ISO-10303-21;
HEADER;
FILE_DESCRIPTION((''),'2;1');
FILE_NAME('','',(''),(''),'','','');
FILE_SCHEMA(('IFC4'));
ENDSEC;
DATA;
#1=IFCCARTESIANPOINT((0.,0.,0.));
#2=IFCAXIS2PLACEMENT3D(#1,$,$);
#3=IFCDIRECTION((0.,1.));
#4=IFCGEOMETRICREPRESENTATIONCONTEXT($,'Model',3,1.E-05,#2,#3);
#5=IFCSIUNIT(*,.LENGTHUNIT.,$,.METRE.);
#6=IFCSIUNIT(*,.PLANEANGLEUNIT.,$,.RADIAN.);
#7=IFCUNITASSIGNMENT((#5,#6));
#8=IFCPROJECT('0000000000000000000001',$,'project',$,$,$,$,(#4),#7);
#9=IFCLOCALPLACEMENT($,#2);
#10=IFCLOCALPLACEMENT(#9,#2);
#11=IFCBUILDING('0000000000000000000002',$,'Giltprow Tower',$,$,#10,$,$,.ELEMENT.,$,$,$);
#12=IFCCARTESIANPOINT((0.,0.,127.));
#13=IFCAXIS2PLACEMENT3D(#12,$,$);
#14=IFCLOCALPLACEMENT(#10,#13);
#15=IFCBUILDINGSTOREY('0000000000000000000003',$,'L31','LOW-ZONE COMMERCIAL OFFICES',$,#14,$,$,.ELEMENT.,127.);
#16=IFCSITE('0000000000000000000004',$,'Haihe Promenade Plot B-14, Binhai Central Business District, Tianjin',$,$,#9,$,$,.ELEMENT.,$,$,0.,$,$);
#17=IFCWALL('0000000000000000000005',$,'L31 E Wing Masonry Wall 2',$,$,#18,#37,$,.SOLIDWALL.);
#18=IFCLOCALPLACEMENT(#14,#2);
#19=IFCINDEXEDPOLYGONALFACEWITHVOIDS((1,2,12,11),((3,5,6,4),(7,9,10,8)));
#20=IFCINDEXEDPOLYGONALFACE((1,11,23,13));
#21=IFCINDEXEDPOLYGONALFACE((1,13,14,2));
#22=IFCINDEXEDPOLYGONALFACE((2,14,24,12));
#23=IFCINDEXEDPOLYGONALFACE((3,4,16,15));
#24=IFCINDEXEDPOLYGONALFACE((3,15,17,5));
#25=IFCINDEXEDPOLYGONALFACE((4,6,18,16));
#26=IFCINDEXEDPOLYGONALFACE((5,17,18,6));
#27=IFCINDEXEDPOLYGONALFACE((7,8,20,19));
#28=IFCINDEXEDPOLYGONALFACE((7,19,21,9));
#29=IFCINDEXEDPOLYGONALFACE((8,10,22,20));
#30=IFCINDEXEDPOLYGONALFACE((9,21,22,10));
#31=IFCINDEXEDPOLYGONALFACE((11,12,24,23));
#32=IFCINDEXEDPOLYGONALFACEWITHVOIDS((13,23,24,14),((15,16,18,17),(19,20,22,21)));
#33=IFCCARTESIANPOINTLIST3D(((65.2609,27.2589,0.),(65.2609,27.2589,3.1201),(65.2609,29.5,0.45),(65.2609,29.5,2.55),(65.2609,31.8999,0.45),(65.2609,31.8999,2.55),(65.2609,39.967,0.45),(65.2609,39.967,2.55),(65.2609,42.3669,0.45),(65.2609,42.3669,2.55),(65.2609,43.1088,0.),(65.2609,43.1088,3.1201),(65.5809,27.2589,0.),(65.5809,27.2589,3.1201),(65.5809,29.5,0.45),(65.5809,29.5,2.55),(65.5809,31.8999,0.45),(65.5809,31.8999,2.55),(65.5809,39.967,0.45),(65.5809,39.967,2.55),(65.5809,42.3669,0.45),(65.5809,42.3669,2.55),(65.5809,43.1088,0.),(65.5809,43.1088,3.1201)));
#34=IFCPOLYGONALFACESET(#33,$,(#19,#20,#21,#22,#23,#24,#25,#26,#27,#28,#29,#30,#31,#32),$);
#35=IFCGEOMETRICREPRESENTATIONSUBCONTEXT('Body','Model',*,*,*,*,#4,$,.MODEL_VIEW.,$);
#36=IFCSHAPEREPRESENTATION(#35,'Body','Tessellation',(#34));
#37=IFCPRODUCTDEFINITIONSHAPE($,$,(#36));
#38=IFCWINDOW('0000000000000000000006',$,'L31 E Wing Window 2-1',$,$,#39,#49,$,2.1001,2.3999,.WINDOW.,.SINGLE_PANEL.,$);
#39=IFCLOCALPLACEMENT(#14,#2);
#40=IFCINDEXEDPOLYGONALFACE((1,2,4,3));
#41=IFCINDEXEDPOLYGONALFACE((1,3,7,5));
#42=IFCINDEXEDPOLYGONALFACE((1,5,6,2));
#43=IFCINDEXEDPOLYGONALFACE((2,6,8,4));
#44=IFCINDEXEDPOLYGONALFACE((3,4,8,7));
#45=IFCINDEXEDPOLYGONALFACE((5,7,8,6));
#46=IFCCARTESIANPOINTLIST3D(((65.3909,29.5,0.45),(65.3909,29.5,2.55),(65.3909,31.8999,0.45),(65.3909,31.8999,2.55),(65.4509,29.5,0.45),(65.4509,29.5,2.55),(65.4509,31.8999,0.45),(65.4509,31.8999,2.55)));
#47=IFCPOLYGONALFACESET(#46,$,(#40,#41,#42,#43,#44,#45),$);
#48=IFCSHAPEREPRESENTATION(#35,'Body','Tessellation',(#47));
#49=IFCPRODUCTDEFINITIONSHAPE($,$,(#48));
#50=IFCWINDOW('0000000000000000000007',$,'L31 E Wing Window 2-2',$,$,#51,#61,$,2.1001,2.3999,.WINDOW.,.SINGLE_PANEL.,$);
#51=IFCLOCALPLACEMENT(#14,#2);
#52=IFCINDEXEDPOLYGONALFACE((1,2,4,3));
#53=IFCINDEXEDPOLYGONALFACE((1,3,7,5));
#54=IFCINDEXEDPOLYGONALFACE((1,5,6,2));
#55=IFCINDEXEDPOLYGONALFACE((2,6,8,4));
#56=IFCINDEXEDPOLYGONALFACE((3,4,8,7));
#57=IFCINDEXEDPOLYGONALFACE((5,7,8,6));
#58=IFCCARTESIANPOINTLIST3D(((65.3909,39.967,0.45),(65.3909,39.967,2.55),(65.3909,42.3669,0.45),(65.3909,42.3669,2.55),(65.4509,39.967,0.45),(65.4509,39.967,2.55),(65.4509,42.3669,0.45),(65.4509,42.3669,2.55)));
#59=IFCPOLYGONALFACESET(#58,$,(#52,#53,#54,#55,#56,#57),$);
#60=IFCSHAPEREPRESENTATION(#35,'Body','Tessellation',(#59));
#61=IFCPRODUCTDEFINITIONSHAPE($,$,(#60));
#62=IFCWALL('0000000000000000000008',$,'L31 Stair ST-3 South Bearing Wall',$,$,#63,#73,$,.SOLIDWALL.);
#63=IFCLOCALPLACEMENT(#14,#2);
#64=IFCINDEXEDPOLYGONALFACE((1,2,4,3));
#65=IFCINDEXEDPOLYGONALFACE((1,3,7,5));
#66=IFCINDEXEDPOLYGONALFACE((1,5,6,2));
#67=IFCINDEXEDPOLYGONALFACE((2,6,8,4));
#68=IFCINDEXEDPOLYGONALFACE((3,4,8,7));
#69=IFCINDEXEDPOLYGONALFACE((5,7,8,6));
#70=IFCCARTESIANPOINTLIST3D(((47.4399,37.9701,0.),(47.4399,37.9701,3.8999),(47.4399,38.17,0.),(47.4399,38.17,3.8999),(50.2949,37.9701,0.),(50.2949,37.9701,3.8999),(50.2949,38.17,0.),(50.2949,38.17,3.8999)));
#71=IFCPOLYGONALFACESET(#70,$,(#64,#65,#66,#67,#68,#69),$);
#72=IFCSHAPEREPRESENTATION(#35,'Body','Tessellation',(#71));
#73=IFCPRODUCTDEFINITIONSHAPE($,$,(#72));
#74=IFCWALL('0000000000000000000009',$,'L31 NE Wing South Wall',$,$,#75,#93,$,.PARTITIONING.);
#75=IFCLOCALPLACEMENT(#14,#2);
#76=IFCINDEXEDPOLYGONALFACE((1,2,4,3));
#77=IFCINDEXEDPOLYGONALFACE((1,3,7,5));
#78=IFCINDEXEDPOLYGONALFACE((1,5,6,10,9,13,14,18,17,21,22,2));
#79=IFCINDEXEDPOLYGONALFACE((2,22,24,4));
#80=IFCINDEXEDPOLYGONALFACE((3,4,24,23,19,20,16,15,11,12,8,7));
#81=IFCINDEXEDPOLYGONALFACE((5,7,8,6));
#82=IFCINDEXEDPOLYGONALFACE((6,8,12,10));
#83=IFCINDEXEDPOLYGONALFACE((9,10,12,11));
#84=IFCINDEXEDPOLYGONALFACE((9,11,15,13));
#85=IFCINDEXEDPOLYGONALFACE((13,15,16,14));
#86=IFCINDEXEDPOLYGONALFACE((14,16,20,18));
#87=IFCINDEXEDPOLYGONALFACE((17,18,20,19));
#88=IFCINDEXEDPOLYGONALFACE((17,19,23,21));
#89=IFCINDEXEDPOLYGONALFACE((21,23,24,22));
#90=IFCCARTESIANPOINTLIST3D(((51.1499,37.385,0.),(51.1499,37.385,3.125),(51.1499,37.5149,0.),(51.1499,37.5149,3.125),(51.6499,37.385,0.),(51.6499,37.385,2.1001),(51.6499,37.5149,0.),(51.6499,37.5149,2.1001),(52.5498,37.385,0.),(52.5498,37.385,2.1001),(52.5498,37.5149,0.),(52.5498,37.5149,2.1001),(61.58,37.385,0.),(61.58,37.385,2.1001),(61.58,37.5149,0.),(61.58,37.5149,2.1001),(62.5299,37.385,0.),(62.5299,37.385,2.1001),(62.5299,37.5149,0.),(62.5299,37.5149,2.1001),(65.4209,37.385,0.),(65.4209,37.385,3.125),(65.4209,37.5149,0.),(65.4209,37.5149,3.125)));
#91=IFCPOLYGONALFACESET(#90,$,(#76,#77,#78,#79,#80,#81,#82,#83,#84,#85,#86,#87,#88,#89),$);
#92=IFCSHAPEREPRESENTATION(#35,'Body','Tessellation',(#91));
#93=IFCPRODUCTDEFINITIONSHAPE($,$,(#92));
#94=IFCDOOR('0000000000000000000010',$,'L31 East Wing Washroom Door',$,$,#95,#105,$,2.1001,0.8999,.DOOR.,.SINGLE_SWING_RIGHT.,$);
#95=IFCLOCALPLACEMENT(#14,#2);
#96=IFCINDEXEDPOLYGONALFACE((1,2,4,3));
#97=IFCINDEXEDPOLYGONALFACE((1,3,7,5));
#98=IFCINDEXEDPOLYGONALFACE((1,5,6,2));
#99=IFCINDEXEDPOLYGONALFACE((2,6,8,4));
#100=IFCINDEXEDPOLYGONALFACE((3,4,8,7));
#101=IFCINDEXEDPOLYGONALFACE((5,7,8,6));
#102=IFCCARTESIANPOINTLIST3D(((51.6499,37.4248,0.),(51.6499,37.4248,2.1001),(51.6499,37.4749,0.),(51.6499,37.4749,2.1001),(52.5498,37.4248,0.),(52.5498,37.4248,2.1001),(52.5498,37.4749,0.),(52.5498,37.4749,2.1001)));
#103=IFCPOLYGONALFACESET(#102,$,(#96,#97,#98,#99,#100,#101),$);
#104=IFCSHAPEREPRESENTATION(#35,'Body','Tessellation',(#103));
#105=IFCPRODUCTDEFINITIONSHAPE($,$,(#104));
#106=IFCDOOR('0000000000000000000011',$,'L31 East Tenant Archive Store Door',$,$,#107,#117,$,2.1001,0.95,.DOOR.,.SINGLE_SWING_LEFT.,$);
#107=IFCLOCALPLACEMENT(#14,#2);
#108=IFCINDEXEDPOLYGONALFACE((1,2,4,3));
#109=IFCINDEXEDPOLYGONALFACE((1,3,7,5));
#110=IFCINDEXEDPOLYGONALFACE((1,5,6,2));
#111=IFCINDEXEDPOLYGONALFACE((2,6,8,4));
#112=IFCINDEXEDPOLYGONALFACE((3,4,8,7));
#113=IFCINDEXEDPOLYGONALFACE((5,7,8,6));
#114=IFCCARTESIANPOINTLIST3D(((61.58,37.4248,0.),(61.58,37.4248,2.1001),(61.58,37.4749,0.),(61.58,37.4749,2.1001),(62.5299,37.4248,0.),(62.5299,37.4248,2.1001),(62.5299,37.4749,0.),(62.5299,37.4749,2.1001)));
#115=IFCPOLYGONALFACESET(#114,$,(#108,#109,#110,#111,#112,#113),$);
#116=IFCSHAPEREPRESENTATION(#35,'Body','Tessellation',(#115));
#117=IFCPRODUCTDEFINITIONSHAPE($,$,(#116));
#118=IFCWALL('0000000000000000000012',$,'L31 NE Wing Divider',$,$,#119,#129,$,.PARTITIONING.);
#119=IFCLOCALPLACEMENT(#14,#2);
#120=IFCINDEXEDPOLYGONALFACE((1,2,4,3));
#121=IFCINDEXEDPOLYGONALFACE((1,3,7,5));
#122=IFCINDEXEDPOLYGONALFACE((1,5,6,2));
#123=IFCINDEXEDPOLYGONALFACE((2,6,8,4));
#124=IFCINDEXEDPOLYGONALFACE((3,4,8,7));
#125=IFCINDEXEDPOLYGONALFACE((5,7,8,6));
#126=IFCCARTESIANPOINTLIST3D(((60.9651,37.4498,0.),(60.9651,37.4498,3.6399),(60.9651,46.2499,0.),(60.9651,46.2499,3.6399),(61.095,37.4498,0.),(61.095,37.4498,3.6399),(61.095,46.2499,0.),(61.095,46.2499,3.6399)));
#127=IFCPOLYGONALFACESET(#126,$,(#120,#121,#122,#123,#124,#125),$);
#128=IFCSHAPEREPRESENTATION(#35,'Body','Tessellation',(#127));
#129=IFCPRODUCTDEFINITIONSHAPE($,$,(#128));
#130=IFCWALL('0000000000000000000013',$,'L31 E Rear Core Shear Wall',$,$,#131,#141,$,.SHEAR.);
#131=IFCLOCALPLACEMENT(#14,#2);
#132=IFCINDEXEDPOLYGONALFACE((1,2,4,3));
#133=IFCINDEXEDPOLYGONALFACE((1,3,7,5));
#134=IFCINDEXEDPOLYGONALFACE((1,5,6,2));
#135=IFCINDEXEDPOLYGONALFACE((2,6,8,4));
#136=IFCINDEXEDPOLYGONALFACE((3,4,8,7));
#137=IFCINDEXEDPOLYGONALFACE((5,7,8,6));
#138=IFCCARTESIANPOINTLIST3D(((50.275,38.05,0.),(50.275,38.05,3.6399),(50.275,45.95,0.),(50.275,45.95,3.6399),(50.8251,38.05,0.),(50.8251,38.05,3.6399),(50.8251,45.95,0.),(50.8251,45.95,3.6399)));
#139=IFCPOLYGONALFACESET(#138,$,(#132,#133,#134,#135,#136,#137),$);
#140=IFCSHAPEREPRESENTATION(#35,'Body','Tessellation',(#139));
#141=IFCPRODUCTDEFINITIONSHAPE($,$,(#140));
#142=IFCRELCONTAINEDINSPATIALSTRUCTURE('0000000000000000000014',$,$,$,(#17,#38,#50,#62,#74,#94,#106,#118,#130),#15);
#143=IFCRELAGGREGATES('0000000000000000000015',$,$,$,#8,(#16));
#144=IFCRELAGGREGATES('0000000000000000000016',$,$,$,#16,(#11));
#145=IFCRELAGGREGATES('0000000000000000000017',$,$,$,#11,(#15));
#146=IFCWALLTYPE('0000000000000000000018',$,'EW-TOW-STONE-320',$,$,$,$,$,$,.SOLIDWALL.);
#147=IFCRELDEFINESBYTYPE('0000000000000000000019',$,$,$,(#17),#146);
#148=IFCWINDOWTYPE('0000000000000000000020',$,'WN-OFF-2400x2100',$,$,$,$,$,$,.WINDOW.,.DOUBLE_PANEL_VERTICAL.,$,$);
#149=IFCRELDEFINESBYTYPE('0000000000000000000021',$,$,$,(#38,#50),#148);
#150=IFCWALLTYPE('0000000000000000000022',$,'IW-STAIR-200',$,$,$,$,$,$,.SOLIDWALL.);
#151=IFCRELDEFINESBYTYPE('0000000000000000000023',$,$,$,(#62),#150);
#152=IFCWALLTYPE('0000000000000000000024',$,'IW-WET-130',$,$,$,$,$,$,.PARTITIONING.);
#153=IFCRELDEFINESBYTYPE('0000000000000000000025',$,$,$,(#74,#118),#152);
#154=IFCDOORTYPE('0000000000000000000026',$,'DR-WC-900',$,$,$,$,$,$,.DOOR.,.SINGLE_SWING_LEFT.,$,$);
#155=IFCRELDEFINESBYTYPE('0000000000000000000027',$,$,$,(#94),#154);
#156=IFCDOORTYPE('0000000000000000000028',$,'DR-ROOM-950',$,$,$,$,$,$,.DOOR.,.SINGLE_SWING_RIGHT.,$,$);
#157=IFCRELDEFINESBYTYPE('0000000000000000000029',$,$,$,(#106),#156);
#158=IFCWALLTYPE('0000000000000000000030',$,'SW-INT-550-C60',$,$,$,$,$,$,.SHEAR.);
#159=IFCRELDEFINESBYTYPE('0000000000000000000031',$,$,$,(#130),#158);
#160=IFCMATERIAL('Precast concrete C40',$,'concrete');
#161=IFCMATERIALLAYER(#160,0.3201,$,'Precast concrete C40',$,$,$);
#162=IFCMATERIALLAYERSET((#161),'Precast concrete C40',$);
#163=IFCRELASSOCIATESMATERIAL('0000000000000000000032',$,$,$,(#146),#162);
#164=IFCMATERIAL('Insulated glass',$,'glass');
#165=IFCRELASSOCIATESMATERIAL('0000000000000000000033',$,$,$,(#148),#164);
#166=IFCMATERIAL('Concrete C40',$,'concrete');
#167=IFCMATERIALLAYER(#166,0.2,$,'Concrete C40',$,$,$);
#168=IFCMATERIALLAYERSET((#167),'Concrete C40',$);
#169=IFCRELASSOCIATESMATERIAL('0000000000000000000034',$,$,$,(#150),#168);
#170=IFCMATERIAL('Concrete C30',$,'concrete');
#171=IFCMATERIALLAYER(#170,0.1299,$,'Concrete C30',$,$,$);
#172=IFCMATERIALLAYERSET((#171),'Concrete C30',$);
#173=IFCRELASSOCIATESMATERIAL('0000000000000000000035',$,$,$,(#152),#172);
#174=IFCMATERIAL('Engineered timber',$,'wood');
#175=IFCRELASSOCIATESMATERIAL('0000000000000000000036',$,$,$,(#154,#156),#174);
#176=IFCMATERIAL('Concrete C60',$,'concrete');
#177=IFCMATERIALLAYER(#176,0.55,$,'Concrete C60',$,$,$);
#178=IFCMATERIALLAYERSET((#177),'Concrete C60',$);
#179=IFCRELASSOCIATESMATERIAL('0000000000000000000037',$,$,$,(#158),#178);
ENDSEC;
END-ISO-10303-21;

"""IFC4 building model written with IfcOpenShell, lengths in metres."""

from ifc_helpers import new_model, si_unit, direction, frame, frame_2d, origin, place, context, subcontext, project, spatial, rectangle, extrude, source, transform, mapped, material, layer, layer_set, type_object, element, fill, save


model = new_model("IFC4")

# Units and contexts
model_context = context("Model", 3, precision=1e-05, world=origin(), true_north=direction((0.0, 1.0)))
body_context = subcontext(model_context, "Body", "Model", "MODEL_VIEW")
ifc_project = project(units=[si_unit("LENGTHUNIT", "METRE"), si_unit("PLANEANGLEUNIT", "RADIAN")], contexts=[model_context])

# Site, building, storey
site_placement = place(None, origin())
site = spatial("IfcSite", under=ifc_project, at=site_placement, Name="Haihe Promenade Plot B-14, Binhai Central Business District, Tianjin", CompositionType="ELEMENT", RefElevation=0.0)
building_placement = place(site_placement, origin())
building = spatial("IfcBuilding", under=site, at=building_placement, Name="Giltprow Tower", CompositionType="ELEMENT")
storey_placement = place(building_placement, frame((0.0, 0.0, 127.0)))
storey = spatial("IfcBuildingStorey", under=building, at=storey_placement, Name="L31", Description="LOW-ZONE COMMERCIAL OFFICES", CompositionType="ELEMENT", Elevation=127.0)

# Shared definitions
ifc_material_1 = material(Name="Concrete C60", Category="concrete")

# Wall, openings, windows
ifc_material_2 = material(Name="Precast concrete C40", Category="concrete")
ifc_layer_1 = layer(ifc_material_2, 0.3201, Name="Precast concrete C40")
ifc_layer_set_1 = layer_set([ifc_layer_1], Name="Precast concrete C40")
wall_type_1 = type_object("IfcWallType", Name="EW-TOW-STONE-320", PredefinedType="SOLIDWALL", material=ifc_layer_set_1)
wall_1_placement = place(storey_placement, frame((65.4209, 27.259, 0.0), z_axis=(0.0, 0.0, 1.0), x_axis=(0.0, 1.0, 0.0)))
wall_1 = element("IfcWall", 1, at=wall_1_placement, inside=storey, type_object=wall_type_1, Name="L31 E Wing Masonry Wall 2", PredefinedType="SOLIDWALL", context=body_context, shape_type="SweptSolid", body=[
    extrude(rectangle(XDim=15.8499, YDim=0.3201, at=frame_2d((7.9248, 0.0))), origin(), (0.0, 0.0, 1.0), 3.1201),
])
opening_1_placement = place(wall_1_placement, frame((2.241, 0.0, 0.45)))
opening_1 = element("IfcOpeningElement", 2, at=opening_1_placement, cuts=wall_1, PredefinedType="OPENING", context=body_context, shape_type="SweptSolid", body=[
    extrude(rectangle(XDim=2.3999, YDim=2.1001, at=frame_2d((1.2, 1.05))), frame((0.0, 0.1699, 0.0), z_axis=(0.0, -1.0, 0.0), x_axis=(1.0, 0.0, 0.0)), (0.0, 0.0, 1.0), 0.3401),
])
opening_2_placement = place(wall_1_placement, frame((12.708, 0.0, 0.45)))
opening_2 = element("IfcOpeningElement", 3, at=opening_2_placement, cuts=wall_1, PredefinedType="OPENING", context=body_context, shape_type="SweptSolid", body=[
    extrude(rectangle(XDim=2.3999, YDim=2.1001, at=frame_2d((1.2, 1.05))), frame((0.0, 0.1699, 0.0), z_axis=(0.0, -1.0, 0.0), x_axis=(1.0, 0.0, 0.0)), (0.0, 0.0, 1.0), 0.3401),
])
ifc_material_3 = material(Name="Insulated glass", Category="glass")
window_type = type_object("IfcWindowType", Name="WN-OFF-2400x2100", PartitioningType="DOUBLE_PANEL_VERTICAL", PredefinedType="WINDOW", material=ifc_material_3)
shared_shape_1 = source(origin(), body_context, "Body", "SweptSolid", [
    extrude(rectangle(XDim=2.3999, YDim=2.1001, at=frame_2d((1.2, 1.05))), frame((0.0, 0.03, 0.0), z_axis=(0.0, -1.0, 0.0), x_axis=(1.0, 0.0, 0.0)), (0.0, 0.0, 1.0), 0.0601),
])
window_1_placement = place(opening_1_placement, origin())
window_1 = element("IfcWindow", 4, at=window_1_placement, inside=storey, type_object=window_type, Name="L31 E Wing Window 2-1", OverallHeight=2.1001, OverallWidth=2.3999, PartitioningType="SINGLE_PANEL", PredefinedType="WINDOW", context=body_context, shape_type="MappedRepresentation", body=[
    mapped(shared_shape_1, transform((0.0, 0.0, 0.0), x_axis=(1.0, 0.0, 0.0), y_axis=(0.0, 1.0, 0.0), z_axis=(0.0, 0.0, 1.0), scale=1.0)),
])
fill(opening_1, window_1)
window_2_placement = place(opening_2_placement, origin())
window_2 = element("IfcWindow", 5, at=window_2_placement, inside=storey, type_object=window_type, Name="L31 E Wing Window 2-2", OverallHeight=2.1001, OverallWidth=2.3999, PartitioningType="SINGLE_PANEL", PredefinedType="WINDOW", context=body_context, shape_type="MappedRepresentation", body=[
    mapped(shared_shape_1, transform((0.0, 0.0, 0.0), x_axis=(1.0, 0.0, 0.0), y_axis=(0.0, 1.0, 0.0), z_axis=(0.0, 0.0, 1.0), scale=1.0)),
])
fill(opening_2, window_2)

# Wall
ifc_material_4 = material(Name="Concrete C40", Category="concrete")
ifc_layer_2 = layer(ifc_material_4, 0.2, Name="Concrete C40")
ifc_layer_set_2 = layer_set([ifc_layer_2], Name="Concrete C40")
wall_type_2 = type_object("IfcWallType", Name="IW-STAIR-200", PredefinedType="SOLIDWALL", material=ifc_layer_set_2)
wall_2_placement = place(storey_placement, frame((47.4399, 38.0701, 0.0), z_axis=(0.0, 0.0, 1.0), x_axis=(1.0, 0.0, 0.0)))
element("IfcWall", 6, at=wall_2_placement, inside=storey, type_object=wall_type_2, Name="L31 Stair ST-3 South Bearing Wall", PredefinedType="SOLIDWALL", context=body_context, shape_type="SweptSolid", body=[
    extrude(rectangle(XDim=2.855, YDim=0.2, at=frame_2d((1.4275, 0.0))), origin(), (0.0, 0.0, 1.0), 3.8999),
])

# Wall, openings, doors
ifc_material_5 = material(Name="Concrete C30", Category="concrete")
ifc_layer_3 = layer(ifc_material_5, 0.1299, Name="Concrete C30")
ifc_layer_set_3 = layer_set([ifc_layer_3], Name="Concrete C30")
wall_type_3 = type_object("IfcWallType", Name="IW-WET-130", PredefinedType="PARTITIONING", material=ifc_layer_set_3)
wall_3_placement = place(storey_placement, frame((51.1499, 37.45, 0.0), z_axis=(0.0, 0.0, 1.0), x_axis=(1.0, 0.0, 0.0)))
wall_3 = element("IfcWall", 7, at=wall_3_placement, inside=storey, type_object=wall_type_3, Name="L31 NE Wing South Wall", PredefinedType="PARTITIONING", context=body_context, shape_type="SweptSolid", body=[
    extrude(rectangle(XDim=14.271, YDim=0.1299, at=frame_2d((7.1355, 0.0))), origin(), (0.0, 0.0, 1.0), 3.125),
])
opening_3_placement = place(wall_3_placement, frame((0.5, 0.0, 0.0)))
opening_3 = element("IfcOpeningElement", 8, at=opening_3_placement, cuts=wall_3, PredefinedType="OPENING", context=body_context, shape_type="SweptSolid", body=[
    extrude(rectangle(XDim=0.8999, YDim=2.1001, at=frame_2d((0.45, 1.05))), frame((0.0, 0.075, 0.0), z_axis=(0.0, -1.0, 0.0), x_axis=(1.0, 0.0, 0.0)), (0.0, 0.0, 1.0), 0.1499),
])
opening_4_placement = place(wall_3_placement, frame((10.4299, 0.0, 0.0)))
opening_4 = element("IfcOpeningElement", 9, at=opening_4_placement, cuts=wall_3, PredefinedType="OPENING", context=body_context, shape_type="SweptSolid", body=[
    extrude(rectangle(XDim=0.95, YDim=2.1001, at=frame_2d((0.4751, 1.05))), frame((0.0, 0.075, 0.0), z_axis=(0.0, -1.0, 0.0), x_axis=(1.0, 0.0, 0.0)), (0.0, 0.0, 1.0), 0.1499),
])
ifc_material_6 = material(Name="Engineered timber", Category="wood")
door_type_1 = type_object("IfcDoorType", Name="DR-WC-900", OperationType="SINGLE_SWING_LEFT", PredefinedType="DOOR", material=ifc_material_6)
shared_shape_2 = source(origin(), body_context, "Body", "SweptSolid", [
    extrude(rectangle(XDim=0.8999, YDim=2.1001, at=frame_2d((0.45, 1.05))), frame((0.0, 0.0249, 0.0), z_axis=(0.0, -1.0, 0.0), x_axis=(1.0, 0.0, 0.0)), (0.0, 0.0, 1.0), 0.05),
])
door_1_placement = place(opening_3_placement, origin())
door_1 = element("IfcDoor", 10, at=door_1_placement, inside=storey, type_object=door_type_1, Name="L31 East Wing Washroom Door", OperationType="SINGLE_SWING_RIGHT", OverallHeight=2.1001, OverallWidth=0.8999, PredefinedType="DOOR", context=body_context, shape_type="MappedRepresentation", body=[
    mapped(shared_shape_2, transform((0.0, 0.0, 0.0), x_axis=(1.0, 0.0, 0.0), y_axis=(0.0, 1.0, 0.0), z_axis=(0.0, 0.0, 1.0), scale=1.0)),
])
fill(opening_3, door_1)
door_type_2 = type_object("IfcDoorType", Name="DR-ROOM-950", OperationType="SINGLE_SWING_RIGHT", PredefinedType="DOOR", material=ifc_material_6)
shared_shape_3 = source(origin(), body_context, "Body", "SweptSolid", [
    extrude(rectangle(XDim=0.95, YDim=2.1001, at=frame_2d((0.4751, 1.05))), frame((0.0, 0.0249, 0.0), z_axis=(0.0, -1.0, 0.0), x_axis=(1.0, 0.0, 0.0)), (0.0, 0.0, 1.0), 0.05),
])
door_2_placement = place(opening_4_placement, origin())
door_2 = element("IfcDoor", 11, at=door_2_placement, inside=storey, type_object=door_type_2, Name="L31 East Tenant Archive Store Door", OperationType="SINGLE_SWING_LEFT", OverallHeight=2.1001, OverallWidth=0.95, PredefinedType="DOOR", context=body_context, shape_type="MappedRepresentation", body=[
    mapped(shared_shape_3, transform((0.0, 0.0, 0.0), x_axis=(1.0, 0.0, 0.0), y_axis=(0.0, 1.0, 0.0), z_axis=(0.0, 0.0, 1.0), scale=1.0)),
])
fill(opening_4, door_2)

# Walls
wall_4_placement = place(storey_placement, frame((61.03, 37.45, 0.0), z_axis=(0.0, 0.0, 1.0), x_axis=(0.0, 1.0, 0.0)))
element("IfcWall", 12, at=wall_4_placement, inside=storey, type_object=wall_type_3, Name="L31 NE Wing Divider", PredefinedType="PARTITIONING", context=body_context, shape_type="SweptSolid", body=[
    extrude(rectangle(XDim=8.8, YDim=0.1299, at=frame_2d((4.3999, 0.0))), origin(), (0.0, 0.0, 1.0), 3.6399),
])
ifc_layer_4 = layer(ifc_material_1, 0.55, Name="Concrete C60")
ifc_layer_set_4 = layer_set([ifc_layer_4], Name="Concrete C60")
wall_type_4 = type_object("IfcWallType", Name="SW-INT-550-C60", PredefinedType="SHEAR", material=ifc_layer_set_4)
wall_5_placement = place(storey_placement, frame((50.55, 38.05, 0.0), z_axis=(0.0, 0.0, 1.0), x_axis=(0.0, 1.0, 0.0)))
element("IfcWall", 13, at=wall_5_placement, inside=storey, type_object=wall_type_4, Name="L31 E Rear Core Shear Wall", PredefinedType="SHEAR", context=body_context, shape_type="SweptSolid", body=[
    extrude(rectangle(XDim=7.8999, YDim=0.55, at=frame_2d((3.95, 0.0))), origin(), (0.0, 0.0, 1.0), 3.6399),
])

save(model, "model.ifc")
